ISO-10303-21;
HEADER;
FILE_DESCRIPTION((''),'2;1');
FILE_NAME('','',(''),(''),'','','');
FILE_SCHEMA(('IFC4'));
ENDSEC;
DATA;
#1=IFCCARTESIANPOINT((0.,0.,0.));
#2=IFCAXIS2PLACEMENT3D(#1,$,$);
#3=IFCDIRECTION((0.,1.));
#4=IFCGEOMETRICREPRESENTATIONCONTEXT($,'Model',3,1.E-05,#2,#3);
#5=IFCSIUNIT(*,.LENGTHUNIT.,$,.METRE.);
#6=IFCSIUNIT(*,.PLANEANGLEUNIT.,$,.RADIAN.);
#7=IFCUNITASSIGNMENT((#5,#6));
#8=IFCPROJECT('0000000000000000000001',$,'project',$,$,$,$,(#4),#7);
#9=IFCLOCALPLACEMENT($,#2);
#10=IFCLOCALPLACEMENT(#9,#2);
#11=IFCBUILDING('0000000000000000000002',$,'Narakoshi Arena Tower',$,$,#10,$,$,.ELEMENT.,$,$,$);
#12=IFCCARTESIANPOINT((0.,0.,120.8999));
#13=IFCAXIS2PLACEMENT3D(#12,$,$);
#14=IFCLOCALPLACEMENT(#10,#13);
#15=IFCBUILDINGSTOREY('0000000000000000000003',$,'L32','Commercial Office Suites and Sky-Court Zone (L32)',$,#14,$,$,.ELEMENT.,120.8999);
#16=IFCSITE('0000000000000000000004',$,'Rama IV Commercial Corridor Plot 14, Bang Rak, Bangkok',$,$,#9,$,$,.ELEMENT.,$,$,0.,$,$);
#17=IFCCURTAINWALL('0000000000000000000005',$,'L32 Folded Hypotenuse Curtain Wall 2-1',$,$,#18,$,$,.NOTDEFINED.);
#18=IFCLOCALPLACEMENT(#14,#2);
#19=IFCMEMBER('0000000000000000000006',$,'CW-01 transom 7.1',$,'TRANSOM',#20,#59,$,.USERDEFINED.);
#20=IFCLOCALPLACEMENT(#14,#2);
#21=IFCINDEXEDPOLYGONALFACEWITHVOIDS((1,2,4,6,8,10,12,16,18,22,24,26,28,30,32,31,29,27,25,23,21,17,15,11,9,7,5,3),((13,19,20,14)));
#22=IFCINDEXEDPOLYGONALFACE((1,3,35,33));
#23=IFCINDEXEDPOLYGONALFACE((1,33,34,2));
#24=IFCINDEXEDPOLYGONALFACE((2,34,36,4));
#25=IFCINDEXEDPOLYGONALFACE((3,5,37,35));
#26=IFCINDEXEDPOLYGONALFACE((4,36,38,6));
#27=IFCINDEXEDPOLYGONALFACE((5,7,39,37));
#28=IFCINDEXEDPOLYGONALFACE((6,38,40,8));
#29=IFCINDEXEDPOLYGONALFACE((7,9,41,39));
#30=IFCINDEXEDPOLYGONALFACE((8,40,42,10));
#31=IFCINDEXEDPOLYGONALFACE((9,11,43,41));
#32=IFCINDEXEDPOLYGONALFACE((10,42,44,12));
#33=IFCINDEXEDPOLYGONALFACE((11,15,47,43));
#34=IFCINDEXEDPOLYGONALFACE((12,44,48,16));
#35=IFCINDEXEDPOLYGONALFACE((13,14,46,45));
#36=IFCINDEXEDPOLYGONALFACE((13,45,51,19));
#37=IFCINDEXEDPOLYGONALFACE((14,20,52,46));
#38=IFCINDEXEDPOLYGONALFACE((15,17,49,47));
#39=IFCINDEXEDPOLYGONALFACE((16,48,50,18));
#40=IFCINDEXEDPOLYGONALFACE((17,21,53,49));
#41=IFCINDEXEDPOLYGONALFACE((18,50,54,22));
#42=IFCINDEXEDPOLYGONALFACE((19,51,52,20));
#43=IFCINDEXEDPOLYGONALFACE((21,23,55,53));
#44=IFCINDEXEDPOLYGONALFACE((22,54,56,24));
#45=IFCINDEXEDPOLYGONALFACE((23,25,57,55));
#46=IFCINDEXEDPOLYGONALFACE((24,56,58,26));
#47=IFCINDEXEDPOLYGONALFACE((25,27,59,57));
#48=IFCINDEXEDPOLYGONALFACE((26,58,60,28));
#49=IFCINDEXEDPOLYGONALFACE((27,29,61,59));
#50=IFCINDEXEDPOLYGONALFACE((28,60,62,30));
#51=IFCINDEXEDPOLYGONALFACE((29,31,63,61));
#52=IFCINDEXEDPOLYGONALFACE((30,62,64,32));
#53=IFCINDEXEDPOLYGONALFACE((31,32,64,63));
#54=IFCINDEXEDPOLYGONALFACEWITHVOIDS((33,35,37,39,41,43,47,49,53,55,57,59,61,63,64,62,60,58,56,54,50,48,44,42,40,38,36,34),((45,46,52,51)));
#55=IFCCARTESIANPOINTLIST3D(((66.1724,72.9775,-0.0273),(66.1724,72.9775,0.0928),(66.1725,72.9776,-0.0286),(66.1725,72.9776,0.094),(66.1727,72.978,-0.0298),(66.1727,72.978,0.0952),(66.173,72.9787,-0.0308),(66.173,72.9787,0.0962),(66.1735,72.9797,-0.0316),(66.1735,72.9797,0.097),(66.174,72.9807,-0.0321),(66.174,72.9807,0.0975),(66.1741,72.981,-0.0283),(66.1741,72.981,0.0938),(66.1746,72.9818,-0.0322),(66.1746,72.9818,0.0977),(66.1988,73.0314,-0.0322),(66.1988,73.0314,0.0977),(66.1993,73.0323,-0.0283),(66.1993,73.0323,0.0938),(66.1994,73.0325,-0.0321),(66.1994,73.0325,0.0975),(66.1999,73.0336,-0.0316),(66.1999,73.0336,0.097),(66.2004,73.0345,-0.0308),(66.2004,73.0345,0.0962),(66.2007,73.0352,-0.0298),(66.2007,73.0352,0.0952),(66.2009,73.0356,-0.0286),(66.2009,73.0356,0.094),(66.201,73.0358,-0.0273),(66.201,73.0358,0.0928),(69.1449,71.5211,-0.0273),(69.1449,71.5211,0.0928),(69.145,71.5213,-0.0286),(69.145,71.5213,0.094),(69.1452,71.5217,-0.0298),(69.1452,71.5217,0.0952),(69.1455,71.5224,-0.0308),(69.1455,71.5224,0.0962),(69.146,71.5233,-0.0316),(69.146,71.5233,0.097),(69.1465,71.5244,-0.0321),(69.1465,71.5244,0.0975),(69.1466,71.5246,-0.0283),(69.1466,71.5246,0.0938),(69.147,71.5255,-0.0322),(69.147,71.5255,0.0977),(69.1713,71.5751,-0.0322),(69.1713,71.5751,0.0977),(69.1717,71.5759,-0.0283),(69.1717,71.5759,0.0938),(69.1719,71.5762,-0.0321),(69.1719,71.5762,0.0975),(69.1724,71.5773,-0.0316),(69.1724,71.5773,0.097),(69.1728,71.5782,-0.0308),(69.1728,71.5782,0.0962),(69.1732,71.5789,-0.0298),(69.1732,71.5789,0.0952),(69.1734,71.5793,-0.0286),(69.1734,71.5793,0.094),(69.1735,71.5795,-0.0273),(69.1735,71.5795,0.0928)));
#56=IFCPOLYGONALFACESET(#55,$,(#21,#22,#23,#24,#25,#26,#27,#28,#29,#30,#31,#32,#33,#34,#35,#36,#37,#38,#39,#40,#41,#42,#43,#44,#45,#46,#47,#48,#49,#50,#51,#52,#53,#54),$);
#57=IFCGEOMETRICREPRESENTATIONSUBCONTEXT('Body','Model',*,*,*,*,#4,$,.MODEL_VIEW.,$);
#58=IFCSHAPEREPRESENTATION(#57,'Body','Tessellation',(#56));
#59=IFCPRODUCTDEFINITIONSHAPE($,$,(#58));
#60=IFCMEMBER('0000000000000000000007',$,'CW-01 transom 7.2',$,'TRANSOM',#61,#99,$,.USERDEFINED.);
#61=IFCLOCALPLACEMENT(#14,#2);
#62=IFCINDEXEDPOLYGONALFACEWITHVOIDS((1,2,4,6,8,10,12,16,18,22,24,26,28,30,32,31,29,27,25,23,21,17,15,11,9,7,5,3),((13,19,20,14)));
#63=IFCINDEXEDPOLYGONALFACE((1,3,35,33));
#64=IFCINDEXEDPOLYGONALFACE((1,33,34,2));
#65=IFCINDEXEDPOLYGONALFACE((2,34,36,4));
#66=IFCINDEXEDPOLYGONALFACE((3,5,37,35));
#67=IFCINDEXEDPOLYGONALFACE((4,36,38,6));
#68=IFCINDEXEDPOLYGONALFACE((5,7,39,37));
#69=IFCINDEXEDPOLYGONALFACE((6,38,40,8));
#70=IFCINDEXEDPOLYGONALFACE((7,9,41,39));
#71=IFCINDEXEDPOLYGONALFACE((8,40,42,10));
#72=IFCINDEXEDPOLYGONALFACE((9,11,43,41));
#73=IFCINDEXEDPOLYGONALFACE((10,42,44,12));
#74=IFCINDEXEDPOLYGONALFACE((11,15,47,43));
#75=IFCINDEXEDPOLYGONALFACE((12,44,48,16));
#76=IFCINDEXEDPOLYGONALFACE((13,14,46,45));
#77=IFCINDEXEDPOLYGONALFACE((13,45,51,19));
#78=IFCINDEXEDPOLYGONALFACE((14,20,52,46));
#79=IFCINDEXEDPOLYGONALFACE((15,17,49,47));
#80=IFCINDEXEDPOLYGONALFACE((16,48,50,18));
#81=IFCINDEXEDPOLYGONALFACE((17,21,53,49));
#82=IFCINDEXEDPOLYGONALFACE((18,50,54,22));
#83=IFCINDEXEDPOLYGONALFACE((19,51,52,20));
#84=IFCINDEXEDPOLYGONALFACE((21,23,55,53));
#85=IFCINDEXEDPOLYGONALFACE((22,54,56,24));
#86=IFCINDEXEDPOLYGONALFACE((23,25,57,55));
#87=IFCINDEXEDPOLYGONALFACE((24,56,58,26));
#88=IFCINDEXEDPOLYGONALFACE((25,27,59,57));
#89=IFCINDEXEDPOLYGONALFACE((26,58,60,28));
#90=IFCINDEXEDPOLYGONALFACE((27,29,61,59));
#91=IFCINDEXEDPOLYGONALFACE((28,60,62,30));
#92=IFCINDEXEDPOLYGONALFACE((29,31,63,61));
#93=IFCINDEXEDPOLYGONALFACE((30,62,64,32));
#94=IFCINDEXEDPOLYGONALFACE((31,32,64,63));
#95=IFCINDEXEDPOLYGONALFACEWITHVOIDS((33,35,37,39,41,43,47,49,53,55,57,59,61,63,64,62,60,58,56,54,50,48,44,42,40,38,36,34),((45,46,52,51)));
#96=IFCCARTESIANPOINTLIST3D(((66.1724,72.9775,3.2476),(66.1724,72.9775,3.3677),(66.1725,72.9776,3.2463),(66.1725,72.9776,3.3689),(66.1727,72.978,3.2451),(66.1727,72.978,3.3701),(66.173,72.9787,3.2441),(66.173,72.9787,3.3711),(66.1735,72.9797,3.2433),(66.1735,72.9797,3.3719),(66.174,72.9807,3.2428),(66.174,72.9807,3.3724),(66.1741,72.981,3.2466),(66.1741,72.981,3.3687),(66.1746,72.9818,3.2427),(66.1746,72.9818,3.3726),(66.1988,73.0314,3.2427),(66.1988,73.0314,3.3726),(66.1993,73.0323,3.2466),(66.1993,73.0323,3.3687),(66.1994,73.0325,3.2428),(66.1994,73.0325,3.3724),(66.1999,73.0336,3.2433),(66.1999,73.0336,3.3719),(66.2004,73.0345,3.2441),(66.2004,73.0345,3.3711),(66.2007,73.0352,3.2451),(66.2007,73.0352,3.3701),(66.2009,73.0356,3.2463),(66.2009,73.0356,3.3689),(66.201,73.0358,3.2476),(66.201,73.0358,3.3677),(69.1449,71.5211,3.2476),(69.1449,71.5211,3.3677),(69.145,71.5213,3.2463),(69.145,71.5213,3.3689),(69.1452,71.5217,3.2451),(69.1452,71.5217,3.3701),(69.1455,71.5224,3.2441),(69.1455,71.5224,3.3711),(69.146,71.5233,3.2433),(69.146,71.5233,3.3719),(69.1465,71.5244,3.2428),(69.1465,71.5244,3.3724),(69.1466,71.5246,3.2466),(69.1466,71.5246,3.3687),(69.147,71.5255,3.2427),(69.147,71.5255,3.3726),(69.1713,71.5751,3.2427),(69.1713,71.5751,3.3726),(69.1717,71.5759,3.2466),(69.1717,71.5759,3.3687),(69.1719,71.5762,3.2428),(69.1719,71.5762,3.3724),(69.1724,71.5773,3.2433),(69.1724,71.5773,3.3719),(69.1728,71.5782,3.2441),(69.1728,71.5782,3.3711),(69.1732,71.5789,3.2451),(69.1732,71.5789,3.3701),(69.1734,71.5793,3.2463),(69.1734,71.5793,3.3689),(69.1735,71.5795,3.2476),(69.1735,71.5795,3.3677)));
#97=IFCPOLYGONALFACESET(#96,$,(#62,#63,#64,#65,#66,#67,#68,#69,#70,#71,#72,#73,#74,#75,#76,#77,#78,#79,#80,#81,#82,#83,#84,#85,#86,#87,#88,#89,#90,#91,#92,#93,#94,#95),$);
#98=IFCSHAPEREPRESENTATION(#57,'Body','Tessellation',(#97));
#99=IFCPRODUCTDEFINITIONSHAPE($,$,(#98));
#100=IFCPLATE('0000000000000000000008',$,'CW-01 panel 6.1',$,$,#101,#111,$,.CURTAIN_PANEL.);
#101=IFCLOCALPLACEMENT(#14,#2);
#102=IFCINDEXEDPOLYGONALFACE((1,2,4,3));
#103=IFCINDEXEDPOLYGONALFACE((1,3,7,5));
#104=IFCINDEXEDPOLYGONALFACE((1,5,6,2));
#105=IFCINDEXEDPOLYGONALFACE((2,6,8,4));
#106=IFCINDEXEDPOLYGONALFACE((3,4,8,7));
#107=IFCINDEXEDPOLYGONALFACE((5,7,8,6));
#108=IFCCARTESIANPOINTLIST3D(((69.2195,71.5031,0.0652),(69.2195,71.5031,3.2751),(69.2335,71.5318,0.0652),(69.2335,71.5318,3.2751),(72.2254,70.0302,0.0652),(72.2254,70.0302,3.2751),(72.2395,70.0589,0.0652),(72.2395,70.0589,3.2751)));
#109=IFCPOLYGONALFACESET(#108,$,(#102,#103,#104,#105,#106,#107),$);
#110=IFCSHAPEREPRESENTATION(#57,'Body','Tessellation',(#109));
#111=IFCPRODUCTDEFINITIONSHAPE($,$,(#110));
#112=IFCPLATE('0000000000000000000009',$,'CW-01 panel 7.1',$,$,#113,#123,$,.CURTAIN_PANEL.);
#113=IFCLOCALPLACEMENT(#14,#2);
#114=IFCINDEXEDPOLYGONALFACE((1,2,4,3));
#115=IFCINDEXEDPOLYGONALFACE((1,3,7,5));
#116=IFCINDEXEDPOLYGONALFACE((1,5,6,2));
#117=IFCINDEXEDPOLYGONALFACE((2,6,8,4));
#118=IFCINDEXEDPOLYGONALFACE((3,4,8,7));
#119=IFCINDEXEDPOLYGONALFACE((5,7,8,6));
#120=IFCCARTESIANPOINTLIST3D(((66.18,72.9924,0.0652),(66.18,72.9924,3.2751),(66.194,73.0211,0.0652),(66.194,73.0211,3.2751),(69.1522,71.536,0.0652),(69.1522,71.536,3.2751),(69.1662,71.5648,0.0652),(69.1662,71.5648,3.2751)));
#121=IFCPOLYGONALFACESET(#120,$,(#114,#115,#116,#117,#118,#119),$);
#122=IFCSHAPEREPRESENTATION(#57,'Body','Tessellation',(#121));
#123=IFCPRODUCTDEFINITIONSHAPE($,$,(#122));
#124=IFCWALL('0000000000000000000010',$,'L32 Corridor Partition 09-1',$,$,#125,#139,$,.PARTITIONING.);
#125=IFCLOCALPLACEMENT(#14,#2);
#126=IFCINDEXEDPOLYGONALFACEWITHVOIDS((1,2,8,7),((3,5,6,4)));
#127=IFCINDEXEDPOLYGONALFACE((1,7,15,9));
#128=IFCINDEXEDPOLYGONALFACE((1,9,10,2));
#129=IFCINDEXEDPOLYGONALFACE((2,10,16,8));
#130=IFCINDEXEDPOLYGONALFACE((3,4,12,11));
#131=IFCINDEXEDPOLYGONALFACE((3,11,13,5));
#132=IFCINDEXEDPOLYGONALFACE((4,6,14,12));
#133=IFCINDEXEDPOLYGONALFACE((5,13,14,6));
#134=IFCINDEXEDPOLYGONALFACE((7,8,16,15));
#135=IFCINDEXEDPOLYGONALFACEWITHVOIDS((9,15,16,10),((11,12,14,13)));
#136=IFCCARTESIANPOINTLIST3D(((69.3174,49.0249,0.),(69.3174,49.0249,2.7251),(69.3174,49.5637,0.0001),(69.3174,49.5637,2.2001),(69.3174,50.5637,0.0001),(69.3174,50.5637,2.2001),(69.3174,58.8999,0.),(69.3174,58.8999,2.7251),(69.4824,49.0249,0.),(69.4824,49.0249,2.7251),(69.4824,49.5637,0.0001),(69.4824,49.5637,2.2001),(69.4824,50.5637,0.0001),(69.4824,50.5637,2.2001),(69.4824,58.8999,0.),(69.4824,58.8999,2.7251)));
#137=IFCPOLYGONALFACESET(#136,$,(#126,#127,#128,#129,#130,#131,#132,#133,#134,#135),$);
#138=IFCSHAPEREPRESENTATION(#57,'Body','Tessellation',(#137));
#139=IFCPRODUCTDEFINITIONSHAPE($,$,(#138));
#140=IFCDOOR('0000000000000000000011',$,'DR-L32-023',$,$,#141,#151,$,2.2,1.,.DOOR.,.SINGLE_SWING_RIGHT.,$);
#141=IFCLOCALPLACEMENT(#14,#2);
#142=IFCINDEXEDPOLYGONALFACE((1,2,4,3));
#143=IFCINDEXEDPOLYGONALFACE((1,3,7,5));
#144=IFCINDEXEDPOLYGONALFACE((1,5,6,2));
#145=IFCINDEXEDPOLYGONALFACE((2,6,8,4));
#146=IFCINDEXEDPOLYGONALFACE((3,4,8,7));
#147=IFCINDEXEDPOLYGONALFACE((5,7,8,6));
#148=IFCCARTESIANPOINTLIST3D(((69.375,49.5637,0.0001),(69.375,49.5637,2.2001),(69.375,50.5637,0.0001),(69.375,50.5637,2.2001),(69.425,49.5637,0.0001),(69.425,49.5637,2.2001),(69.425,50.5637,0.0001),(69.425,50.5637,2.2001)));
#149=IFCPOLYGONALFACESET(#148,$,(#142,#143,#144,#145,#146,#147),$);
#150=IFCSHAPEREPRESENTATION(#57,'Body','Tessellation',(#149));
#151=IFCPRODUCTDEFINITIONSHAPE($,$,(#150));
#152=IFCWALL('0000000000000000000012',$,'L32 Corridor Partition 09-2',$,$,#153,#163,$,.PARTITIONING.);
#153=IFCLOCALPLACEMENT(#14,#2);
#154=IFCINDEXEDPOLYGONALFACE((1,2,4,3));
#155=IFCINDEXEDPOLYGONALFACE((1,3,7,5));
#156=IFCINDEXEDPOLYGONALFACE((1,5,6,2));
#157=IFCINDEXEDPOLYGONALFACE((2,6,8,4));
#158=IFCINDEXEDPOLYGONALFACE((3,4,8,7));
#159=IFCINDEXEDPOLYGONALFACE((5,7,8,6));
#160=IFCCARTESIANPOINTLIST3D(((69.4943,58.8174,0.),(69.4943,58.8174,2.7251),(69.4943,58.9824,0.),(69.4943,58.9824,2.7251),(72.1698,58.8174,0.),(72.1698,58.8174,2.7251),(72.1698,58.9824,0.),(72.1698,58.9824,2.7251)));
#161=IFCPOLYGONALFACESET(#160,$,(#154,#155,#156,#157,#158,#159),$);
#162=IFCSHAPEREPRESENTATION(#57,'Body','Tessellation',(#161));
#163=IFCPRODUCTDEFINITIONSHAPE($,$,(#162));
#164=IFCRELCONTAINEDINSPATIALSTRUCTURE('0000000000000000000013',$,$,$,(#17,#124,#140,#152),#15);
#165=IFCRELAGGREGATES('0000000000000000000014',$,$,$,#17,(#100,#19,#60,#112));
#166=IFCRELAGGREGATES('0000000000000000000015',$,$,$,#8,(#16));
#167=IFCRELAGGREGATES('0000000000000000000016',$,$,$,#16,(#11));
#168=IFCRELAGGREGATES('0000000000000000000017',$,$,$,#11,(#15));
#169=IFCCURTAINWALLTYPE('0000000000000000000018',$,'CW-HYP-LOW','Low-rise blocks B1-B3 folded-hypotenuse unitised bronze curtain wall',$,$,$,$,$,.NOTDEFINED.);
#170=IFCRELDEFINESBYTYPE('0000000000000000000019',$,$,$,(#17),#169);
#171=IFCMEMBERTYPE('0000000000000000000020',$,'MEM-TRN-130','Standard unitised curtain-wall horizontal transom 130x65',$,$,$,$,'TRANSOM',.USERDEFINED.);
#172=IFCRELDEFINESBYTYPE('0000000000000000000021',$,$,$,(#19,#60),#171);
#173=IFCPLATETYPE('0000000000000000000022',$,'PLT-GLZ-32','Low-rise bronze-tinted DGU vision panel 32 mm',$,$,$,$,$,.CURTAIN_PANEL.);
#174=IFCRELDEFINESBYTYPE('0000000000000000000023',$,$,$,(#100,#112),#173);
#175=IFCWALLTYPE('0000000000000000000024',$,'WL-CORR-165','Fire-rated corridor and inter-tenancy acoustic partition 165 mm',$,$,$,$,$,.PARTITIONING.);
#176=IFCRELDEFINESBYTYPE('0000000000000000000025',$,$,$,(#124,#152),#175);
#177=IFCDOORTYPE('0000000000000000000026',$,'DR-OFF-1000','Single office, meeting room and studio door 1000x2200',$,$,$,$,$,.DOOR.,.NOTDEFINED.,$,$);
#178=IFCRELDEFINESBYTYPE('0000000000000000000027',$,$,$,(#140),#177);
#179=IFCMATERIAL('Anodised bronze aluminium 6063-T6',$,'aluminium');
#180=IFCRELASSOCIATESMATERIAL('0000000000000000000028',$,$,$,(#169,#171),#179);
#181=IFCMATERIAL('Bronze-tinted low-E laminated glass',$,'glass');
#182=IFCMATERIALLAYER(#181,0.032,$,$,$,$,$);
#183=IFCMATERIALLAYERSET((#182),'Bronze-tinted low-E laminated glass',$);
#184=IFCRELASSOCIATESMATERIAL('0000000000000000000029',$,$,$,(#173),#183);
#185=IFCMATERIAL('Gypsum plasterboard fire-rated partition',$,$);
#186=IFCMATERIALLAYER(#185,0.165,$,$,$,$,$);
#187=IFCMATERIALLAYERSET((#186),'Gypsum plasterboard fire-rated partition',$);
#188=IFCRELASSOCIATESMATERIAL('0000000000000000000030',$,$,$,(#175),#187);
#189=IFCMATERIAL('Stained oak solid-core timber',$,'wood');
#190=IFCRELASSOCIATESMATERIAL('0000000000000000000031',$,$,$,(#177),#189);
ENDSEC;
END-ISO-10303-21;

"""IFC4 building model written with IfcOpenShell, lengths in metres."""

from ifc_helpers import new_model, si_unit, direction, frame, frame_2d, origin, origin_2d, place, context, subcontext, project, spatial, rectangle, hollow_rectangle, extrude, material, layer, layer_set, material_profile, profile_set, type_object, element, fill, aggregate, save


model = new_model("IFC4")

# Units and contexts
model_context = context("Model", 3, precision=1e-05, world=origin(), true_north=direction((0.0, 1.0)))
body_context = subcontext(model_context, "Body", "Model", "MODEL_VIEW")
ifc_project = project(units=[si_unit("LENGTHUNIT", "METRE"), si_unit("PLANEANGLEUNIT", "RADIAN")], contexts=[model_context])

# Site, building, storey
site_placement = place(None, origin())
site = spatial("IfcSite", under=ifc_project, at=site_placement, Name="Rama IV Commercial Corridor Plot 14, Bang Rak, Bangkok", CompositionType="ELEMENT", RefElevation=0.0)
building_placement = place(site_placement, origin())
building = spatial("IfcBuilding", under=site, at=building_placement, Name="Narakoshi Arena Tower", CompositionType="ELEMENT")
storey_placement = place(building_placement, frame((0.0, 0.0, 120.8999)))
storey = spatial("IfcBuildingStorey", under=building, at=storey_placement, Name="L32", Description="Commercial Office Suites and Sky-Court Zone (L32)", CompositionType="ELEMENT", Elevation=120.8999)

# Curtain wall, members, plates
ifc_material_1 = material(Name="Anodised bronze aluminium 6063-T6", Category="aluminium")
curtain_wall_type = type_object("IfcCurtainWallType", Name="CW-HYP-LOW", Description="Low-rise blocks B1-B3 folded-hypotenuse unitised bronze curtain wall", PredefinedType="NOTDEFINED", material=ifc_material_1)
curtain_wall_placement = place(storey_placement, origin())
curtain_wall = element("IfcCurtainWall", 1, at=curtain_wall_placement, inside=storey, type_object=curtain_wall_type, Name="L32 Folded Hypotenuse Curtain Wall 2-1", PredefinedType="NOTDEFINED")
ifc_material_profile_1 = material_profile(ifc_material_1, hollow_rectangle(XDim=0.0649, YDim=0.1299, WallThickness=0.0039, OuterFilletRadius=0.0049, at=origin_2d()), Name="TRN130x65x4")
ifc_profile_set_1 = profile_set([ifc_material_profile_1], Name="Anodised bronze aluminium 6063-T6")
member_type_1 = type_object("IfcMemberType", Name="MEM-TRN-130", Description="Standard unitised curtain-wall horizontal transom 130x65", ElementType="TRANSOM", PredefinedType="USERDEFINED", material=ifc_profile_set_1)
member_1_placement = place(storey_placement, frame((69.1592, 71.5503, 0.0327), z_axis=(-0.898012, 0.439971, 0.0), x_axis=(-0.439971, -0.898012, 0.0)))
member_1 = element("IfcMember", 2, at=member_1_placement, type_object=member_type_1, Name="CW-01 transom 7.1", ObjectType="TRANSOM", PredefinedType="USERDEFINED", context=body_context, shape_type="SweptSolid", body=[
    extrude(hollow_rectangle(XDim=0.0649, YDim=0.1299, WallThickness=0.0039, OuterFilletRadius=0.0049, at=origin_2d()), origin(), (0.0, 0.0, 1.0), 3.3101),
])
member_2_placement = place(storey_placement, frame((69.1592, 71.5503, 3.3076), z_axis=(-0.898012, 0.439971, 0.0), x_axis=(-0.439971, -0.898012, 0.0)))
member_2 = element("IfcMember", 3, at=member_2_placement, type_object=member_type_1, Name="CW-01 transom 7.2", ObjectType="TRANSOM", PredefinedType="USERDEFINED", context=body_context, shape_type="SweptSolid", body=[
    extrude(hollow_rectangle(XDim=0.0649, YDim=0.1299, WallThickness=0.0039, OuterFilletRadius=0.0049, at=origin_2d()), origin(), (0.0, 0.0, 1.0), 3.3101),
])
ifc_material_2 = material(Name="Bronze-tinted low-E laminated glass", Category="glass")
ifc_layer_1 = layer(ifc_material_2, 0.032)
ifc_layer_set_1 = layer_set([ifc_layer_1], Name="Bronze-tinted low-E laminated glass")
plate_type = type_object("IfcPlateType", Name="PLT-GLZ-32", Description="Low-rise bronze-tinted DGU vision panel 32 mm", PredefinedType="CURTAIN_PANEL", material=ifc_layer_set_1)
plate_1_placement = place(storey_placement, frame((70.7295, 70.781, 0.0652), z_axis=(0.0, 0.0, 1.0), x_axis=(-0.897996, 0.440005, 0.0)))
plate_1 = element("IfcPlate", 4, at=plate_1_placement, type_object=plate_type, Name="CW-01 panel 6.1", PredefinedType="CURTAIN_PANEL", context=body_context, shape_type="SweptSolid", body=[
    extrude(rectangle(XDim=3.3474, YDim=0.032, at=origin_2d()), origin(), (0.0, 0.0, 1.0), 3.21),
])
plate_2_placement = place(storey_placement, frame((67.6731, 72.2786, 0.0652), z_axis=(0.0, 0.0, 1.0), x_axis=(-0.897996, 0.440005, 0.0)))
plate_2 = element("IfcPlate", 5, at=plate_2_placement, type_object=plate_type, Name="CW-01 panel 7.1", PredefinedType="CURTAIN_PANEL", context=body_context, shape_type="SweptSolid", body=[
    extrude(rectangle(XDim=3.3098, YDim=0.032, at=origin_2d()), origin(), (0.0, 0.0, 1.0), 3.21),
])
aggregate(curtain_wall, [plate_1, member_1, member_2, plate_2])

# Wall, opening, door
ifc_material_3 = material(Name="Gypsum plasterboard fire-rated partition")
ifc_layer_2 = layer(ifc_material_3, 0.165)
ifc_layer_set_2 = layer_set([ifc_layer_2], Name="Gypsum plasterboard fire-rated partition")
wall_type_1 = type_object("IfcWallType", Name="WL-CORR-165", Description="Fire-rated corridor and inter-tenancy acoustic partition 165 mm", PredefinedType="PARTITIONING", material=ifc_layer_set_2)
wall_1_placement = place(storey_placement, frame((69.3999, 58.8999, 0.0), z_axis=(0.0, 0.0, 1.0), x_axis=(0.0, -1.0, 0.0)))
wall_1 = element("IfcWall", 6, at=wall_1_placement, inside=storey, type_object=wall_type_1, Name="L32 Corridor Partition 09-1", PredefinedType="PARTITIONING", context=body_context, shape_type="SweptSolid", body=[
    extrude(rectangle(XDim=9.875, YDim=0.165, at=frame_2d((4.9375, 0.0))), origin(), (0.0, 0.0, 1.0), 2.7251),
])
opening_1_placement = place(wall_1_placement, frame((8.3362, 0.0, 0.0)))
opening_1 = element("IfcOpeningElement", 7, at=opening_1_placement, cuts=wall_1, PredefinedType="OPENING", context=body_context, shape_type="SweptSolid", body=[
    extrude(rectangle(XDim=1.0, YDim=2.2, at=frame_2d((0.5, 1.1001))), frame((0.0, 0.0925, 0.0), z_axis=(0.0, -1.0, 0.0), x_axis=(1.0, 0.0, 0.0)), (0.0, 0.0, 1.0), 0.1851),
])
ifc_material_4 = material(Name="Stained oak solid-core timber", Category="wood")
door_type = type_object("IfcDoorType", Name="DR-OFF-1000", Description="Single office, meeting room and studio door 1000x2200", OperationType="NOTDEFINED", PredefinedType="DOOR", material=ifc_material_4)
door_placement = place(opening_1_placement, frame((1.0, 0.0, 0.0), z_axis=(0.0, 0.0, 1.0), x_axis=(-1.0, 0.0, 0.0)))
door = element("IfcDoor", 8, at=door_placement, inside=storey, type_object=door_type, Name="DR-L32-023", OperationType="SINGLE_SWING_RIGHT", OverallHeight=2.2, OverallWidth=1.0, PredefinedType="DOOR", context=body_context, shape_type="SweptSolid", body=[
    extrude(rectangle(XDim=1.0, YDim=2.2, at=frame_2d((0.5, 1.1001))), frame((0.0, 0.0249, 0.0), z_axis=(0.0, -1.0, 0.0), x_axis=(1.0, 0.0, 0.0)), (0.0, 0.0, 1.0), 0.05),
])
fill(opening_1, door)

# Wall
wall_2_placement = place(storey_placement, frame((72.1699, 58.8999, 0.0), z_axis=(0.0, 0.0, 1.0), x_axis=(-1.0, 0.0, 0.0)))
element("IfcWall", 9, at=wall_2_placement, inside=storey, type_object=wall_type_1, Name="L32 Corridor Partition 09-2", PredefinedType="PARTITIONING", context=body_context, shape_type="SweptSolid", body=[
    extrude(rectangle(XDim=2.6755, YDim=0.165, at=frame_2d((1.3379, 0.0))), origin(), (0.0, 0.0, 1.0), 2.7251),
])

save(model, "model.ifc")
